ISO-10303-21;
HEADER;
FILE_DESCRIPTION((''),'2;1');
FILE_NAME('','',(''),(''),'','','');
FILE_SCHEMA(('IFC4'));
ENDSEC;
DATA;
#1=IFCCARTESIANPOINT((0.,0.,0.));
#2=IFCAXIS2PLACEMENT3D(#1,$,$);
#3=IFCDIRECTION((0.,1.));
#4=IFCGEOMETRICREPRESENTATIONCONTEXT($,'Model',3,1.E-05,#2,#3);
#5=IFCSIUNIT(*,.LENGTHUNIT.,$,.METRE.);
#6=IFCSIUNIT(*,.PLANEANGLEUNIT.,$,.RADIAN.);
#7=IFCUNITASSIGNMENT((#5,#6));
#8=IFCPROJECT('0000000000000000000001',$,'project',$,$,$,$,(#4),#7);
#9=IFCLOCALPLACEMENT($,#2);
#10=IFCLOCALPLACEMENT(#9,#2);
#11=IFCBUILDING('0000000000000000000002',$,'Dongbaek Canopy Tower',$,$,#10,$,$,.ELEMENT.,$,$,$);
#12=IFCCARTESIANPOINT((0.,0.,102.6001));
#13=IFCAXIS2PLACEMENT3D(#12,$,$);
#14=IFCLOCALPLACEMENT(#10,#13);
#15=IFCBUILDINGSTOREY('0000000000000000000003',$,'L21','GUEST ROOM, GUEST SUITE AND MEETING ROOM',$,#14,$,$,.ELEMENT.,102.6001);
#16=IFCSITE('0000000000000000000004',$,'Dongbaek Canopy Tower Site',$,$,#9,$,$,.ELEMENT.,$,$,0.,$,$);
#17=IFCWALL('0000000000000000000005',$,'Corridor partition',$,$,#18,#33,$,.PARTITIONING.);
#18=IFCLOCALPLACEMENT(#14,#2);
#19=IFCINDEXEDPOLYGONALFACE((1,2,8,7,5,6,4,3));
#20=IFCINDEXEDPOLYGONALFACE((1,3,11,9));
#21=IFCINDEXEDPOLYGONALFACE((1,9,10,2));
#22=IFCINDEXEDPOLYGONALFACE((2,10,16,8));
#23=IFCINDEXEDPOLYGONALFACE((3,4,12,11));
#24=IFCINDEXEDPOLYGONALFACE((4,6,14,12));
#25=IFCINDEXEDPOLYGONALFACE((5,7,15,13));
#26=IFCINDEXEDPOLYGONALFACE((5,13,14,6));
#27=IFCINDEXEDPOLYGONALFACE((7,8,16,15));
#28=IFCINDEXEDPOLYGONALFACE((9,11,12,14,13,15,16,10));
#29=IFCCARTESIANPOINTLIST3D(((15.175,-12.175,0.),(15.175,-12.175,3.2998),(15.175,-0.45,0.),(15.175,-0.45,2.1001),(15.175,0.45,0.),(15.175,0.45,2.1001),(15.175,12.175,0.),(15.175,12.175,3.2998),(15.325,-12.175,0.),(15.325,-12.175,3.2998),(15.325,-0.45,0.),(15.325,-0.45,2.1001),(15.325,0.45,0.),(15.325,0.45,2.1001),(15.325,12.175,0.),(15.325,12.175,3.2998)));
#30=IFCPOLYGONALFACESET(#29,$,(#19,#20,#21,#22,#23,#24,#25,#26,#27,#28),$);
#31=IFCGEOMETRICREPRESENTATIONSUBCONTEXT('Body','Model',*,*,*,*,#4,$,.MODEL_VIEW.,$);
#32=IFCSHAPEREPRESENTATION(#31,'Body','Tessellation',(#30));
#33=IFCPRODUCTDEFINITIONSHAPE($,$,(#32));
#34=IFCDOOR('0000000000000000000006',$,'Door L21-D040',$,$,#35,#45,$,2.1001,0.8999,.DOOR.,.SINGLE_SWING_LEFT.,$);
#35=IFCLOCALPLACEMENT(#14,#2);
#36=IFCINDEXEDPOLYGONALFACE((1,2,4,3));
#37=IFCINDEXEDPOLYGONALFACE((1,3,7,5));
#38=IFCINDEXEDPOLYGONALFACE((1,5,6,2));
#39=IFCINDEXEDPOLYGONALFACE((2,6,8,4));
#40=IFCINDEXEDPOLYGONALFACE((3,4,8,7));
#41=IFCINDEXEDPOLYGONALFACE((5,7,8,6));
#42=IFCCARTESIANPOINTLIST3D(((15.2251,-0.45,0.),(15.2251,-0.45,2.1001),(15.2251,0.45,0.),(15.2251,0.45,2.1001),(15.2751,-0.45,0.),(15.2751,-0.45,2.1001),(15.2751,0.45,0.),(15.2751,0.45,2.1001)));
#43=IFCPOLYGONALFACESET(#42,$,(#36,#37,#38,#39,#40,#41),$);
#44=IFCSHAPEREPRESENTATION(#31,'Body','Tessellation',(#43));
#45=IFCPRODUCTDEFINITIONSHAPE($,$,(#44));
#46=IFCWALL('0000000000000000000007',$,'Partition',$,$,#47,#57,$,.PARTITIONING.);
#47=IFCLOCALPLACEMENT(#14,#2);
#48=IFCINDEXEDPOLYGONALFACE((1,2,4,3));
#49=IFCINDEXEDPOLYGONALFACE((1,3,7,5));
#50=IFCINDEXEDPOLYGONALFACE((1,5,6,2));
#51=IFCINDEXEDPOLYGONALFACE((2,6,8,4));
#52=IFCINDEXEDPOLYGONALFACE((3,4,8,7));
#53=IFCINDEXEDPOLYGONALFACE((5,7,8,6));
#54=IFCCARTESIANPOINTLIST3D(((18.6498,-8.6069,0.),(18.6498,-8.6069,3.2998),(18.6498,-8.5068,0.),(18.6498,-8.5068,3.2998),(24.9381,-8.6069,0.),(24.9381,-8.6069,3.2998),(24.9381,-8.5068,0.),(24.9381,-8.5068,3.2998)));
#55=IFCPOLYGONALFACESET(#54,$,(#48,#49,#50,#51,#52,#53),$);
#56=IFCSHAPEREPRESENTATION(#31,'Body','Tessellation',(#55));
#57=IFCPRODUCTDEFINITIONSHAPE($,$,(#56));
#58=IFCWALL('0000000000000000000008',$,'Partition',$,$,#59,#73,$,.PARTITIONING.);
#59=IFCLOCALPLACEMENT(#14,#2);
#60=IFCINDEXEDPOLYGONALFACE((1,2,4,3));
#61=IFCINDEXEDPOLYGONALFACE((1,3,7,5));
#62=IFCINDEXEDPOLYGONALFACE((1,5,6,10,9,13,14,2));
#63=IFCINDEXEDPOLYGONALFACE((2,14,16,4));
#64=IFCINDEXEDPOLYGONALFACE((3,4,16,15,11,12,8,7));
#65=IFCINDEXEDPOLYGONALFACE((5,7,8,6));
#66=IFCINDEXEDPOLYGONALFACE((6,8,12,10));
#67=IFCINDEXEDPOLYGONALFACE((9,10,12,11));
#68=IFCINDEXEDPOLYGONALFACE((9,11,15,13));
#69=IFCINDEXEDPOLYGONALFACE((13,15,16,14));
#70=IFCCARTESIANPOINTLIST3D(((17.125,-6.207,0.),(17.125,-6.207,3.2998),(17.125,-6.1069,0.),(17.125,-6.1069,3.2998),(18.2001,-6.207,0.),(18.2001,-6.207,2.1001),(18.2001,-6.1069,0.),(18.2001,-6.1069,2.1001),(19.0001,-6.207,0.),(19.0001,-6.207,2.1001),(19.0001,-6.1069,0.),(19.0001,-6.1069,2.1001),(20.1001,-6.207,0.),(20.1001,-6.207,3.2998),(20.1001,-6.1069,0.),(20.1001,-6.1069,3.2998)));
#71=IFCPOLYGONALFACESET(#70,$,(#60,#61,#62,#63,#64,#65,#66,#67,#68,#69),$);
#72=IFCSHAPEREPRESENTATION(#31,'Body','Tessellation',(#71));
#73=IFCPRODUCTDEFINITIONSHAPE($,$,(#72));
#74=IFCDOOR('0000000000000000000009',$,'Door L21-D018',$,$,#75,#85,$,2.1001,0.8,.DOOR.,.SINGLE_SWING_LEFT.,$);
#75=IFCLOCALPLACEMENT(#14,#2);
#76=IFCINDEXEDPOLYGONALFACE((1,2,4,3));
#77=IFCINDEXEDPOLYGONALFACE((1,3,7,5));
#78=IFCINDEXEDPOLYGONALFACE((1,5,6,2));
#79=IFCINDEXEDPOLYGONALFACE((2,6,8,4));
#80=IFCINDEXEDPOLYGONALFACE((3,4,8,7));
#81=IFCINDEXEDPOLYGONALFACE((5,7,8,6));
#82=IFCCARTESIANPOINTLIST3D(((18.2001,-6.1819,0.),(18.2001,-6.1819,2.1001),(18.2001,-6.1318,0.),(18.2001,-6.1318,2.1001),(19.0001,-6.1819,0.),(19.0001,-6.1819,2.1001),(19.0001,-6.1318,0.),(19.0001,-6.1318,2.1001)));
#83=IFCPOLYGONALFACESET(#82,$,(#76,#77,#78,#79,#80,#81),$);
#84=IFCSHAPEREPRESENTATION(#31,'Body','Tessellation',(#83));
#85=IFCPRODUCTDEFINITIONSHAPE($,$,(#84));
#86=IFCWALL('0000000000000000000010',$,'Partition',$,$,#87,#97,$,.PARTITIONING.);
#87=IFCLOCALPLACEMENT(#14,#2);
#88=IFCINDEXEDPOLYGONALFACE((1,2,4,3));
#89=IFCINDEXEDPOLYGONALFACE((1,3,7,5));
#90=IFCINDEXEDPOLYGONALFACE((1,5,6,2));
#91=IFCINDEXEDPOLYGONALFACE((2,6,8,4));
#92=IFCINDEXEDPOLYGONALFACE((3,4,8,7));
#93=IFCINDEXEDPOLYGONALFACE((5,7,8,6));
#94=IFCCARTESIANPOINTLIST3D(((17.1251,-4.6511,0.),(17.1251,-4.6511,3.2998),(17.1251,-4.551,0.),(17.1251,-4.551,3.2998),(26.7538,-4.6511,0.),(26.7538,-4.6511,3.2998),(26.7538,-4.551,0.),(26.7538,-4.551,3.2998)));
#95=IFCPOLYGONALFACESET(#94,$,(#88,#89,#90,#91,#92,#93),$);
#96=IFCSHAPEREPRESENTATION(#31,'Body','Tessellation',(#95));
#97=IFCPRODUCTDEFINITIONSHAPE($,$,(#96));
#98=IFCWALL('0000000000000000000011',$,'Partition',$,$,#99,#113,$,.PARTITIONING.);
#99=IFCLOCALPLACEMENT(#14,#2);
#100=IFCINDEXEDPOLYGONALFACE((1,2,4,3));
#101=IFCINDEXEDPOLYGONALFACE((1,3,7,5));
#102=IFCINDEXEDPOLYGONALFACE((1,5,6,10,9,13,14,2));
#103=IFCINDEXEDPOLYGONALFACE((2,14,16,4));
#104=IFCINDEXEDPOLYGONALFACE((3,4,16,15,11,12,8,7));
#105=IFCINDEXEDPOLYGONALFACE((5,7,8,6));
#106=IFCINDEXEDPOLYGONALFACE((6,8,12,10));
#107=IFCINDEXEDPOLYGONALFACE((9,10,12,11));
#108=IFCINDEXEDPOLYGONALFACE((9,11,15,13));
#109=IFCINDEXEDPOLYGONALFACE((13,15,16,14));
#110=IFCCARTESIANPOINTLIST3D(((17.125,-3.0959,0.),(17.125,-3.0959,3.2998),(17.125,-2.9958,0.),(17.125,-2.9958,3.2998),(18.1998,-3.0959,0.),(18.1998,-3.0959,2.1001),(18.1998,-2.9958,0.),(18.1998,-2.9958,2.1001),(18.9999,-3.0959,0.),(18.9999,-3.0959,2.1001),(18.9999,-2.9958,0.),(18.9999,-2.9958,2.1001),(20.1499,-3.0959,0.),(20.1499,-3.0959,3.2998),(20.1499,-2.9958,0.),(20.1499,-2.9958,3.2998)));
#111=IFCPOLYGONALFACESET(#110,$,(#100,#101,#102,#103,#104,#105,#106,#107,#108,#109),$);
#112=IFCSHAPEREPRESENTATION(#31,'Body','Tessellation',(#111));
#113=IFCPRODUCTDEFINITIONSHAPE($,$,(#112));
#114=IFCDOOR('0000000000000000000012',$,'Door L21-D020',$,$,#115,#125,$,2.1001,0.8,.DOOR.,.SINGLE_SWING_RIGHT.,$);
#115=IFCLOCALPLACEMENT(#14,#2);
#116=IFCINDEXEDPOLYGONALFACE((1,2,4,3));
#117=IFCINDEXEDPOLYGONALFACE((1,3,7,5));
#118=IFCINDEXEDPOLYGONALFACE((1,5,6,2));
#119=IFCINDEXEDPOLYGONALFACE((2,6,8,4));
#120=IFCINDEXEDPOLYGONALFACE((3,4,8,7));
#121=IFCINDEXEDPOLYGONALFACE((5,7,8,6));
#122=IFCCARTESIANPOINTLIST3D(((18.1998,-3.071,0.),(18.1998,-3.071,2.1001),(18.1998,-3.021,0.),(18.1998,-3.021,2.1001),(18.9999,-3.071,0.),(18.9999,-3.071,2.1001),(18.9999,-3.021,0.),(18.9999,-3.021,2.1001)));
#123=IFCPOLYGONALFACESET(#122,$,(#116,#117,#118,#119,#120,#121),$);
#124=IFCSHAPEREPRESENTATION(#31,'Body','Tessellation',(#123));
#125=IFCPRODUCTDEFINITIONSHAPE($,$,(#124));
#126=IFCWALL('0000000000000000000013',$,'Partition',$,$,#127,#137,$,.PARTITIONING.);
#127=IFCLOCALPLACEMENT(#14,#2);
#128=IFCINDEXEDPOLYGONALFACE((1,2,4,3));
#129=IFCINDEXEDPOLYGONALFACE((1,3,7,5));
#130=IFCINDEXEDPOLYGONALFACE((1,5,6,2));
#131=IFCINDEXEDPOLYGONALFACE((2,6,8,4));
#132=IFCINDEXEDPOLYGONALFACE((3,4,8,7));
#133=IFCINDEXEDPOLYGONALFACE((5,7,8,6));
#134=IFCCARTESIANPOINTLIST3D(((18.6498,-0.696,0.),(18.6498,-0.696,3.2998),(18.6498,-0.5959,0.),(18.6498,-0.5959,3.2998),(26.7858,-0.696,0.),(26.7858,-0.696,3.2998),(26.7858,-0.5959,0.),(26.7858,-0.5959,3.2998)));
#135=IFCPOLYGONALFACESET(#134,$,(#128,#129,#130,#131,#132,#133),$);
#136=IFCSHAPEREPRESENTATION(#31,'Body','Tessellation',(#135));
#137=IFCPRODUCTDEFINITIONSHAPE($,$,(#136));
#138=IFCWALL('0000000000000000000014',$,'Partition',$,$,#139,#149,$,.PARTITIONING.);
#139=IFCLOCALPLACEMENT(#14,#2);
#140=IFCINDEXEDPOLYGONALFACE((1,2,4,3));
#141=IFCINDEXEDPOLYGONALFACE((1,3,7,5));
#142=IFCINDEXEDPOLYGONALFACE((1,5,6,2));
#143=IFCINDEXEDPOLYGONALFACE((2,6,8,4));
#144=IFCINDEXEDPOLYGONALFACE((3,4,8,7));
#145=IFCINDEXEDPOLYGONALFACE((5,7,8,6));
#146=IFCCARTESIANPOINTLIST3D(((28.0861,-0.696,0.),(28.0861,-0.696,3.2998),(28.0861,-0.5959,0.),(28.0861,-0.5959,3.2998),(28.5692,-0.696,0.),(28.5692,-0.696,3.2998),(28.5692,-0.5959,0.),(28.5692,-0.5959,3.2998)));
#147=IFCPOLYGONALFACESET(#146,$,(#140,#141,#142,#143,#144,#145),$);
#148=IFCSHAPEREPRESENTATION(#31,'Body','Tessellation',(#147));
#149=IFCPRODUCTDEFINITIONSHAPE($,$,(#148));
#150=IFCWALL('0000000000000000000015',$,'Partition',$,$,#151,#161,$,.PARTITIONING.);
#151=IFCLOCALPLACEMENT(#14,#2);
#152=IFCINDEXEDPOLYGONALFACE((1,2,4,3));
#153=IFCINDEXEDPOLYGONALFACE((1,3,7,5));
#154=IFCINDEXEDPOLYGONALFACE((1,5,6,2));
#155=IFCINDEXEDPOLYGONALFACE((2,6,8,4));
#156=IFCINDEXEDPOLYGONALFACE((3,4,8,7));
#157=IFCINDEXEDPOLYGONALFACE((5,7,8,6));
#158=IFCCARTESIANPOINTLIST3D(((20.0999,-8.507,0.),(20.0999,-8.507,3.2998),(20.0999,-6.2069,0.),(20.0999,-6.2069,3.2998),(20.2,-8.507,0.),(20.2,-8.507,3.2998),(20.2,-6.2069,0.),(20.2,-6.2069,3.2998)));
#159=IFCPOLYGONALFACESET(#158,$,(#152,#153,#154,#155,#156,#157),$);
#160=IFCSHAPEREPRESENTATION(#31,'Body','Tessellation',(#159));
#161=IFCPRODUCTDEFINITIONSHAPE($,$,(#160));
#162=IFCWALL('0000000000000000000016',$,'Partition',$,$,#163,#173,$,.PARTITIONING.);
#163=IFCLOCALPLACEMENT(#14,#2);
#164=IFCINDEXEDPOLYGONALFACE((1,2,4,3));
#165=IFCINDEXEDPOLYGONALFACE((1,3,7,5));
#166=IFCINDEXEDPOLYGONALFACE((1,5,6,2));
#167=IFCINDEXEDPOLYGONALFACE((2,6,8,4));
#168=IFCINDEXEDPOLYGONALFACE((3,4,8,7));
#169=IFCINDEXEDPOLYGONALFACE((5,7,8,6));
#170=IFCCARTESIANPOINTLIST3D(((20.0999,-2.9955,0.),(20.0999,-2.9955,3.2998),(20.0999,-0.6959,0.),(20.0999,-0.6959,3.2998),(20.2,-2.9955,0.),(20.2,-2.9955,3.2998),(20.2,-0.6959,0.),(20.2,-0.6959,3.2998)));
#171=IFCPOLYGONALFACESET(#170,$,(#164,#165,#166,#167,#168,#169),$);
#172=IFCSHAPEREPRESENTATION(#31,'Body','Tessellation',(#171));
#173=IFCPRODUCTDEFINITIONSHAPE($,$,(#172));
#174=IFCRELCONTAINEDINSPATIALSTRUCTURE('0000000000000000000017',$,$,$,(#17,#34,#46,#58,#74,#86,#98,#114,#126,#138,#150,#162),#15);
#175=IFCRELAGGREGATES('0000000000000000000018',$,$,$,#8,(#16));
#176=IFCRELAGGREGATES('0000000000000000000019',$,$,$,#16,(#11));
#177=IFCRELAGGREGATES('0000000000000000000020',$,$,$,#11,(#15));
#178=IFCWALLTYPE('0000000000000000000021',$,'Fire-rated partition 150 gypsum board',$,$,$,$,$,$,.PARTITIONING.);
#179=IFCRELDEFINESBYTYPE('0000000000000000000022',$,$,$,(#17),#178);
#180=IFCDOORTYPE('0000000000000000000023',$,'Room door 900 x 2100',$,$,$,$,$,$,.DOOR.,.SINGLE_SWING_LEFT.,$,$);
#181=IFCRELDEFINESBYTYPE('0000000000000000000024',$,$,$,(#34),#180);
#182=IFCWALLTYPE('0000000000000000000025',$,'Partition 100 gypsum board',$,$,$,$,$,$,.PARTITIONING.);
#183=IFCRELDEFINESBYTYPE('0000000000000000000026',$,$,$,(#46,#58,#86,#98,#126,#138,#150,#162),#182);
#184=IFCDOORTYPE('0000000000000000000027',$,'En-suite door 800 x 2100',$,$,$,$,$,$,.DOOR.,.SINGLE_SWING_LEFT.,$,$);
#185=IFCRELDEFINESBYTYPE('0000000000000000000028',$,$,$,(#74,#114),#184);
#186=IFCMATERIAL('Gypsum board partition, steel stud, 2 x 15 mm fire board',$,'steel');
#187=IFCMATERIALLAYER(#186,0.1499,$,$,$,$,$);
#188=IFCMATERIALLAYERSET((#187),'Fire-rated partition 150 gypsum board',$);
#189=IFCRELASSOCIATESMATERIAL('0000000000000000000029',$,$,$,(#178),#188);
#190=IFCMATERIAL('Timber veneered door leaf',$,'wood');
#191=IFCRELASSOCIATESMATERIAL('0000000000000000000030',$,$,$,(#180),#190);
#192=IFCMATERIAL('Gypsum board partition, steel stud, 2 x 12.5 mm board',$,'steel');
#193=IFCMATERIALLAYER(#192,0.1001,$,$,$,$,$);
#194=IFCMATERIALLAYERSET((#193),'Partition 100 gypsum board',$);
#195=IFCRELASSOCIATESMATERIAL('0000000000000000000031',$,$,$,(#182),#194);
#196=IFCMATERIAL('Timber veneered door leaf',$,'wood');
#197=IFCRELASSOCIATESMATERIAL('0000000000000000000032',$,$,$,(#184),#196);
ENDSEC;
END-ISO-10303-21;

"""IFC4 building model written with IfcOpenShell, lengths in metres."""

from ifc_helpers import new_model, si_unit, direction, frame, frame_2d, origin, place, context, subcontext, project, spatial, rectangle, extrude, material, layer, layer_set, type_object, element, fill, save


model = new_model("IFC4")

# Units and contexts
model_context = context("Model", 3, precision=1e-05, world=origin(), true_north=direction((0.0, 1.0)))
body_context = subcontext(model_context, "Body", "Model", "MODEL_VIEW")
ifc_project = project(units=[si_unit("LENGTHUNIT", "METRE"), si_unit("PLANEANGLEUNIT", "RADIAN")], contexts=[model_context])

# Site, building, storey
site_placement = place(None, origin())
site = spatial("IfcSite", under=ifc_project, at=site_placement, Name="Dongbaek Canopy Tower Site", CompositionType="ELEMENT", RefElevation=0.0)
building_placement = place(site_placement, origin())
building = spatial("IfcBuilding", under=site, at=building_placement, Name="Dongbaek Canopy Tower", CompositionType="ELEMENT")
storey_placement = place(building_placement, frame((0.0, 0.0, 102.6001)))
storey = spatial("IfcBuildingStorey", under=building, at=storey_placement, Name="L21", Description="GUEST ROOM, GUEST SUITE AND MEETING ROOM", CompositionType="ELEMENT", Elevation=102.6001)

# Wall, opening, door
ifc_material_1 = material(Name="Gypsum board partition, steel stud, 2 x 15 mm fire board", Category="steel")
ifc_layer_1 = layer(ifc_material_1, 0.1499)
ifc_layer_set_1 = layer_set([ifc_layer_1], Name="Fire-rated partition 150 gypsum board")
wall_type_1 = type_object("IfcWallType", Name="Fire-rated partition 150 gypsum board", PredefinedType="PARTITIONING", material=ifc_layer_set_1)
wall_1_placement = place(storey_placement, frame((15.25, -12.175, 0.0), z_axis=(0.0, 0.0, 1.0), x_axis=(0.0, 1.0, 0.0)))
wall_1 = element("IfcWall", 1, at=wall_1_placement, inside=storey, type_object=wall_type_1, Name="Corridor partition", PredefinedType="PARTITIONING", context=body_context, shape_type="SweptSolid", body=[
    extrude(rectangle(XDim=24.3501, YDim=0.1499, at=frame_2d((12.175, 0.0))), origin(), (0.0, 0.0, 1.0), 3.2998),
])
opening_1_placement = place(wall_1_placement, frame((11.7251, 0.0, 0.0)))
opening_1 = element("IfcOpeningElement", 2, at=opening_1_placement, cuts=wall_1, PredefinedType="OPENING", context=body_context, shape_type="SweptSolid", body=[
    extrude(rectangle(XDim=0.8999, YDim=2.1001, at=frame_2d((0.45, 1.05))), frame((0.0, 0.085, 0.0), z_axis=(0.0, -1.0, 0.0), x_axis=(1.0, 0.0, 0.0)), (0.0, 0.0, 1.0), 0.1699),
])
ifc_material_2 = material(Name="Timber veneered door leaf", Category="wood")
door_type_1 = type_object("IfcDoorType", Name="Room door 900 x 2100", OperationType="SINGLE_SWING_LEFT", PredefinedType="DOOR", material=ifc_material_2)
door_1_placement = place(opening_1_placement, origin())
door_1 = element("IfcDoor", 3, at=door_1_placement, inside=storey, type_object=door_type_1, Name="Door L21-D040", OperationType="SINGLE_SWING_LEFT", OverallHeight=2.1001, OverallWidth=0.8999, PredefinedType="DOOR", context=body_context, shape_type="SweptSolid", body=[
    extrude(rectangle(XDim=0.8999, YDim=2.1001, at=frame_2d((0.45, 1.05))), frame((0.0, 0.0249, 0.0), z_axis=(0.0, -1.0, 0.0), x_axis=(1.0, 0.0, 0.0)), (0.0, 0.0, 1.0), 0.05),
])
fill(opening_1, door_1)

# Wall
ifc_material_3 = material(Name="Gypsum board partition, steel stud, 2 x 12.5 mm board", Category="steel")
ifc_layer_2 = layer(ifc_material_3, 0.1001)
ifc_layer_set_2 = layer_set([ifc_layer_2], Name="Partition 100 gypsum board")
wall_type_2 = type_object("IfcWallType", Name="Partition 100 gypsum board", PredefinedType="PARTITIONING", material=ifc_layer_set_2)
wall_2_placement = place(storey_placement, frame((18.6499, -8.5569, 0.0), z_axis=(0.0, 0.0, 1.0), x_axis=(1.0, 0.0, 0.0)))
element("IfcWall", 4, at=wall_2_placement, inside=storey, type_object=wall_type_2, Name="Partition", PredefinedType="PARTITIONING", context=body_context, shape_type="SweptSolid", body=[
    extrude(rectangle(XDim=6.2883, YDim=0.1001, at=frame_2d((3.144, 0.0))), origin(), (0.0, 0.0, 1.0), 3.2998),
])

# Wall, opening, door
wall_3_placement = place(storey_placement, frame((20.1001, -6.157, 0.0), z_axis=(0.0, 0.0, 1.0), x_axis=(-1.0, 0.0, 0.0)))
wall_3 = element("IfcWall", 5, at=wall_3_placement, inside=storey, type_object=wall_type_2, Name="Partition", PredefinedType="PARTITIONING", context=body_context, shape_type="SweptSolid", body=[
    extrude(rectangle(XDim=2.9751, YDim=0.1001, at=frame_2d((1.4875, 0.0))), origin(), (0.0, 0.0, 1.0), 3.2998),
])
opening_2_placement = place(wall_3_placement, frame((1.1001, 0.0, 0.0)))
opening_2 = element("IfcOpeningElement", 6, at=opening_2_placement, cuts=wall_3, PredefinedType="OPENING", context=body_context, shape_type="SweptSolid", body=[
    extrude(rectangle(XDim=0.8, YDim=2.1001, at=frame_2d((0.3999, 1.05))), frame((0.0, 0.0601, 0.0), z_axis=(0.0, -1.0, 0.0), x_axis=(1.0, 0.0, 0.0)), (0.0, 0.0, 1.0), 0.1201),
])
ifc_material_4 = material(Name="Timber veneered door leaf", Category="wood")
door_type_2 = type_object("IfcDoorType", Name="En-suite door 800 x 2100", OperationType="SINGLE_SWING_LEFT", PredefinedType="DOOR", material=ifc_material_4)
door_2_placement = place(opening_2_placement, origin())
door_2 = element("IfcDoor", 7, at=door_2_placement, inside=storey, type_object=door_type_2, Name="Door L21-D018", OperationType="SINGLE_SWING_LEFT", OverallHeight=2.1001, OverallWidth=0.8, PredefinedType="DOOR", context=body_context, shape_type="SweptSolid", body=[
    extrude(rectangle(XDim=0.8, YDim=2.1001, at=frame_2d((0.3999, 1.05))), frame((0.0, 0.0249, 0.0), z_axis=(0.0, -1.0, 0.0), x_axis=(1.0, 0.0, 0.0)), (0.0, 0.0, 1.0), 0.05),
])
fill(opening_2, door_2)

# Wall
wall_4_placement = place(storey_placement, frame((17.125, -4.6011, 0.0), z_axis=(0.0, 0.0, 1.0), x_axis=(1.0, 0.0, 0.0)))
element("IfcWall", 8, at=wall_4_placement, inside=storey, type_object=wall_type_2, Name="Partition", PredefinedType="PARTITIONING", context=body_context, shape_type="SweptSolid", body=[
    extrude(rectangle(XDim=9.6287, YDim=0.1001, at=frame_2d((4.8145, 0.0))), origin(), (0.0, 0.0, 1.0), 3.2998),
])

# Wall, opening, door
wall_5_placement = place(storey_placement, frame((17.125, -3.0459, 0.0), z_axis=(0.0, 0.0, 1.0), x_axis=(1.0, 0.0, 0.0)))
wall_5 = element("IfcWall", 9, at=wall_5_placement, inside=storey, type_object=wall_type_2, Name="Partition", PredefinedType="PARTITIONING", context=body_context, shape_type="SweptSolid", body=[
    extrude(rectangle(XDim=3.0249, YDim=0.1001, at=frame_2d((1.5125, 0.0))), origin(), (0.0, 0.0, 1.0), 3.2998),
])
opening_3_placement = place(wall_5_placement, frame((1.075, 0.0, 0.0)))
opening_3 = element("IfcOpeningElement", 10, at=opening_3_placement, cuts=wall_5, PredefinedType="OPENING", context=body_context, shape_type="SweptSolid", body=[
    extrude(rectangle(XDim=0.8, YDim=2.1001, at=frame_2d((0.3999, 1.05))), frame((0.0, 0.0601, 0.0), z_axis=(0.0, -1.0, 0.0), x_axis=(1.0, 0.0, 0.0)), (0.0, 0.0, 1.0), 0.1201),
])
door_3_placement = place(opening_3_placement, origin())
door_3 = element("IfcDoor", 11, at=door_3_placement, inside=storey, type_object=door_type_2, Name="Door L21-D020", OperationType="SINGLE_SWING_RIGHT", OverallHeight=2.1001, OverallWidth=0.8, PredefinedType="DOOR", context=body_context, shape_type="SweptSolid", body=[
    extrude(rectangle(XDim=0.8, YDim=2.1001, at=frame_2d((0.3999, 1.05))), frame((0.0, 0.0249, 0.0), z_axis=(0.0, -1.0, 0.0), x_axis=(1.0, 0.0, 0.0)), (0.0, 0.0, 1.0), 0.05),
])
fill(opening_3, door_3)

# Walls
wall_6_placement = place(storey_placement, frame((18.6499, -0.646, 0.0), z_axis=(0.0, 0.0, 1.0), x_axis=(1.0, 0.0, 0.0)))
element("IfcWall", 12, at=wall_6_placement, inside=storey, type_object=wall_type_2, Name="Partition", PredefinedType="PARTITIONING", context=body_context, shape_type="SweptSolid", body=[
    extrude(rectangle(XDim=8.136, YDim=0.1001, at=frame_2d((4.0679, 0.0))), origin(), (0.0, 0.0, 1.0), 3.2998),
])
wall_7_placement = place(storey_placement, frame((28.0859, -0.646, 0.0), z_axis=(0.0, 0.0, 1.0), x_axis=(1.0, 0.0, 0.0)))
element("IfcWall", 13, at=wall_7_placement, inside=storey, type_object=wall_type_2, Name="Partition", PredefinedType="PARTITIONING", context=body_context, shape_type="SweptSolid", body=[
    extrude(rectangle(XDim=0.4832, YDim=0.1001, at=frame_2d((0.2417, 0.0))), origin(), (0.0, 0.0, 1.0), 3.2998),
])
wall_8_placement = place(storey_placement, frame((20.1499, -8.5068, 0.0), z_axis=(0.0, 0.0, 1.0), x_axis=(0.0, 1.0, 0.0)))
element("IfcWall", 14, at=wall_8_placement, inside=storey, type_object=wall_type_2, Name="Partition", PredefinedType="PARTITIONING", context=body_context, shape_type="SweptSolid", body=[
    extrude(rectangle(XDim=2.3, YDim=0.1001, at=frame_2d((1.1499, 0.0))), origin(), (0.0, 0.0, 1.0), 3.2998),
])
wall_9_placement = place(storey_placement, frame((20.1499, -2.9956, 0.0), z_axis=(0.0, 0.0, 1.0), x_axis=(0.0, 1.0, 0.0)))
element("IfcWall", 15, at=wall_9_placement, inside=storey, type_object=wall_type_2, Name="Partition", PredefinedType="PARTITIONING", context=body_context, shape_type="SweptSolid", body=[
    extrude(rectangle(XDim=2.2996, YDim=0.1001, at=frame_2d((1.1499, 0.0))), origin(), (0.0, 0.0, 1.0), 3.2998),
])

save(model, "model.ifc")
